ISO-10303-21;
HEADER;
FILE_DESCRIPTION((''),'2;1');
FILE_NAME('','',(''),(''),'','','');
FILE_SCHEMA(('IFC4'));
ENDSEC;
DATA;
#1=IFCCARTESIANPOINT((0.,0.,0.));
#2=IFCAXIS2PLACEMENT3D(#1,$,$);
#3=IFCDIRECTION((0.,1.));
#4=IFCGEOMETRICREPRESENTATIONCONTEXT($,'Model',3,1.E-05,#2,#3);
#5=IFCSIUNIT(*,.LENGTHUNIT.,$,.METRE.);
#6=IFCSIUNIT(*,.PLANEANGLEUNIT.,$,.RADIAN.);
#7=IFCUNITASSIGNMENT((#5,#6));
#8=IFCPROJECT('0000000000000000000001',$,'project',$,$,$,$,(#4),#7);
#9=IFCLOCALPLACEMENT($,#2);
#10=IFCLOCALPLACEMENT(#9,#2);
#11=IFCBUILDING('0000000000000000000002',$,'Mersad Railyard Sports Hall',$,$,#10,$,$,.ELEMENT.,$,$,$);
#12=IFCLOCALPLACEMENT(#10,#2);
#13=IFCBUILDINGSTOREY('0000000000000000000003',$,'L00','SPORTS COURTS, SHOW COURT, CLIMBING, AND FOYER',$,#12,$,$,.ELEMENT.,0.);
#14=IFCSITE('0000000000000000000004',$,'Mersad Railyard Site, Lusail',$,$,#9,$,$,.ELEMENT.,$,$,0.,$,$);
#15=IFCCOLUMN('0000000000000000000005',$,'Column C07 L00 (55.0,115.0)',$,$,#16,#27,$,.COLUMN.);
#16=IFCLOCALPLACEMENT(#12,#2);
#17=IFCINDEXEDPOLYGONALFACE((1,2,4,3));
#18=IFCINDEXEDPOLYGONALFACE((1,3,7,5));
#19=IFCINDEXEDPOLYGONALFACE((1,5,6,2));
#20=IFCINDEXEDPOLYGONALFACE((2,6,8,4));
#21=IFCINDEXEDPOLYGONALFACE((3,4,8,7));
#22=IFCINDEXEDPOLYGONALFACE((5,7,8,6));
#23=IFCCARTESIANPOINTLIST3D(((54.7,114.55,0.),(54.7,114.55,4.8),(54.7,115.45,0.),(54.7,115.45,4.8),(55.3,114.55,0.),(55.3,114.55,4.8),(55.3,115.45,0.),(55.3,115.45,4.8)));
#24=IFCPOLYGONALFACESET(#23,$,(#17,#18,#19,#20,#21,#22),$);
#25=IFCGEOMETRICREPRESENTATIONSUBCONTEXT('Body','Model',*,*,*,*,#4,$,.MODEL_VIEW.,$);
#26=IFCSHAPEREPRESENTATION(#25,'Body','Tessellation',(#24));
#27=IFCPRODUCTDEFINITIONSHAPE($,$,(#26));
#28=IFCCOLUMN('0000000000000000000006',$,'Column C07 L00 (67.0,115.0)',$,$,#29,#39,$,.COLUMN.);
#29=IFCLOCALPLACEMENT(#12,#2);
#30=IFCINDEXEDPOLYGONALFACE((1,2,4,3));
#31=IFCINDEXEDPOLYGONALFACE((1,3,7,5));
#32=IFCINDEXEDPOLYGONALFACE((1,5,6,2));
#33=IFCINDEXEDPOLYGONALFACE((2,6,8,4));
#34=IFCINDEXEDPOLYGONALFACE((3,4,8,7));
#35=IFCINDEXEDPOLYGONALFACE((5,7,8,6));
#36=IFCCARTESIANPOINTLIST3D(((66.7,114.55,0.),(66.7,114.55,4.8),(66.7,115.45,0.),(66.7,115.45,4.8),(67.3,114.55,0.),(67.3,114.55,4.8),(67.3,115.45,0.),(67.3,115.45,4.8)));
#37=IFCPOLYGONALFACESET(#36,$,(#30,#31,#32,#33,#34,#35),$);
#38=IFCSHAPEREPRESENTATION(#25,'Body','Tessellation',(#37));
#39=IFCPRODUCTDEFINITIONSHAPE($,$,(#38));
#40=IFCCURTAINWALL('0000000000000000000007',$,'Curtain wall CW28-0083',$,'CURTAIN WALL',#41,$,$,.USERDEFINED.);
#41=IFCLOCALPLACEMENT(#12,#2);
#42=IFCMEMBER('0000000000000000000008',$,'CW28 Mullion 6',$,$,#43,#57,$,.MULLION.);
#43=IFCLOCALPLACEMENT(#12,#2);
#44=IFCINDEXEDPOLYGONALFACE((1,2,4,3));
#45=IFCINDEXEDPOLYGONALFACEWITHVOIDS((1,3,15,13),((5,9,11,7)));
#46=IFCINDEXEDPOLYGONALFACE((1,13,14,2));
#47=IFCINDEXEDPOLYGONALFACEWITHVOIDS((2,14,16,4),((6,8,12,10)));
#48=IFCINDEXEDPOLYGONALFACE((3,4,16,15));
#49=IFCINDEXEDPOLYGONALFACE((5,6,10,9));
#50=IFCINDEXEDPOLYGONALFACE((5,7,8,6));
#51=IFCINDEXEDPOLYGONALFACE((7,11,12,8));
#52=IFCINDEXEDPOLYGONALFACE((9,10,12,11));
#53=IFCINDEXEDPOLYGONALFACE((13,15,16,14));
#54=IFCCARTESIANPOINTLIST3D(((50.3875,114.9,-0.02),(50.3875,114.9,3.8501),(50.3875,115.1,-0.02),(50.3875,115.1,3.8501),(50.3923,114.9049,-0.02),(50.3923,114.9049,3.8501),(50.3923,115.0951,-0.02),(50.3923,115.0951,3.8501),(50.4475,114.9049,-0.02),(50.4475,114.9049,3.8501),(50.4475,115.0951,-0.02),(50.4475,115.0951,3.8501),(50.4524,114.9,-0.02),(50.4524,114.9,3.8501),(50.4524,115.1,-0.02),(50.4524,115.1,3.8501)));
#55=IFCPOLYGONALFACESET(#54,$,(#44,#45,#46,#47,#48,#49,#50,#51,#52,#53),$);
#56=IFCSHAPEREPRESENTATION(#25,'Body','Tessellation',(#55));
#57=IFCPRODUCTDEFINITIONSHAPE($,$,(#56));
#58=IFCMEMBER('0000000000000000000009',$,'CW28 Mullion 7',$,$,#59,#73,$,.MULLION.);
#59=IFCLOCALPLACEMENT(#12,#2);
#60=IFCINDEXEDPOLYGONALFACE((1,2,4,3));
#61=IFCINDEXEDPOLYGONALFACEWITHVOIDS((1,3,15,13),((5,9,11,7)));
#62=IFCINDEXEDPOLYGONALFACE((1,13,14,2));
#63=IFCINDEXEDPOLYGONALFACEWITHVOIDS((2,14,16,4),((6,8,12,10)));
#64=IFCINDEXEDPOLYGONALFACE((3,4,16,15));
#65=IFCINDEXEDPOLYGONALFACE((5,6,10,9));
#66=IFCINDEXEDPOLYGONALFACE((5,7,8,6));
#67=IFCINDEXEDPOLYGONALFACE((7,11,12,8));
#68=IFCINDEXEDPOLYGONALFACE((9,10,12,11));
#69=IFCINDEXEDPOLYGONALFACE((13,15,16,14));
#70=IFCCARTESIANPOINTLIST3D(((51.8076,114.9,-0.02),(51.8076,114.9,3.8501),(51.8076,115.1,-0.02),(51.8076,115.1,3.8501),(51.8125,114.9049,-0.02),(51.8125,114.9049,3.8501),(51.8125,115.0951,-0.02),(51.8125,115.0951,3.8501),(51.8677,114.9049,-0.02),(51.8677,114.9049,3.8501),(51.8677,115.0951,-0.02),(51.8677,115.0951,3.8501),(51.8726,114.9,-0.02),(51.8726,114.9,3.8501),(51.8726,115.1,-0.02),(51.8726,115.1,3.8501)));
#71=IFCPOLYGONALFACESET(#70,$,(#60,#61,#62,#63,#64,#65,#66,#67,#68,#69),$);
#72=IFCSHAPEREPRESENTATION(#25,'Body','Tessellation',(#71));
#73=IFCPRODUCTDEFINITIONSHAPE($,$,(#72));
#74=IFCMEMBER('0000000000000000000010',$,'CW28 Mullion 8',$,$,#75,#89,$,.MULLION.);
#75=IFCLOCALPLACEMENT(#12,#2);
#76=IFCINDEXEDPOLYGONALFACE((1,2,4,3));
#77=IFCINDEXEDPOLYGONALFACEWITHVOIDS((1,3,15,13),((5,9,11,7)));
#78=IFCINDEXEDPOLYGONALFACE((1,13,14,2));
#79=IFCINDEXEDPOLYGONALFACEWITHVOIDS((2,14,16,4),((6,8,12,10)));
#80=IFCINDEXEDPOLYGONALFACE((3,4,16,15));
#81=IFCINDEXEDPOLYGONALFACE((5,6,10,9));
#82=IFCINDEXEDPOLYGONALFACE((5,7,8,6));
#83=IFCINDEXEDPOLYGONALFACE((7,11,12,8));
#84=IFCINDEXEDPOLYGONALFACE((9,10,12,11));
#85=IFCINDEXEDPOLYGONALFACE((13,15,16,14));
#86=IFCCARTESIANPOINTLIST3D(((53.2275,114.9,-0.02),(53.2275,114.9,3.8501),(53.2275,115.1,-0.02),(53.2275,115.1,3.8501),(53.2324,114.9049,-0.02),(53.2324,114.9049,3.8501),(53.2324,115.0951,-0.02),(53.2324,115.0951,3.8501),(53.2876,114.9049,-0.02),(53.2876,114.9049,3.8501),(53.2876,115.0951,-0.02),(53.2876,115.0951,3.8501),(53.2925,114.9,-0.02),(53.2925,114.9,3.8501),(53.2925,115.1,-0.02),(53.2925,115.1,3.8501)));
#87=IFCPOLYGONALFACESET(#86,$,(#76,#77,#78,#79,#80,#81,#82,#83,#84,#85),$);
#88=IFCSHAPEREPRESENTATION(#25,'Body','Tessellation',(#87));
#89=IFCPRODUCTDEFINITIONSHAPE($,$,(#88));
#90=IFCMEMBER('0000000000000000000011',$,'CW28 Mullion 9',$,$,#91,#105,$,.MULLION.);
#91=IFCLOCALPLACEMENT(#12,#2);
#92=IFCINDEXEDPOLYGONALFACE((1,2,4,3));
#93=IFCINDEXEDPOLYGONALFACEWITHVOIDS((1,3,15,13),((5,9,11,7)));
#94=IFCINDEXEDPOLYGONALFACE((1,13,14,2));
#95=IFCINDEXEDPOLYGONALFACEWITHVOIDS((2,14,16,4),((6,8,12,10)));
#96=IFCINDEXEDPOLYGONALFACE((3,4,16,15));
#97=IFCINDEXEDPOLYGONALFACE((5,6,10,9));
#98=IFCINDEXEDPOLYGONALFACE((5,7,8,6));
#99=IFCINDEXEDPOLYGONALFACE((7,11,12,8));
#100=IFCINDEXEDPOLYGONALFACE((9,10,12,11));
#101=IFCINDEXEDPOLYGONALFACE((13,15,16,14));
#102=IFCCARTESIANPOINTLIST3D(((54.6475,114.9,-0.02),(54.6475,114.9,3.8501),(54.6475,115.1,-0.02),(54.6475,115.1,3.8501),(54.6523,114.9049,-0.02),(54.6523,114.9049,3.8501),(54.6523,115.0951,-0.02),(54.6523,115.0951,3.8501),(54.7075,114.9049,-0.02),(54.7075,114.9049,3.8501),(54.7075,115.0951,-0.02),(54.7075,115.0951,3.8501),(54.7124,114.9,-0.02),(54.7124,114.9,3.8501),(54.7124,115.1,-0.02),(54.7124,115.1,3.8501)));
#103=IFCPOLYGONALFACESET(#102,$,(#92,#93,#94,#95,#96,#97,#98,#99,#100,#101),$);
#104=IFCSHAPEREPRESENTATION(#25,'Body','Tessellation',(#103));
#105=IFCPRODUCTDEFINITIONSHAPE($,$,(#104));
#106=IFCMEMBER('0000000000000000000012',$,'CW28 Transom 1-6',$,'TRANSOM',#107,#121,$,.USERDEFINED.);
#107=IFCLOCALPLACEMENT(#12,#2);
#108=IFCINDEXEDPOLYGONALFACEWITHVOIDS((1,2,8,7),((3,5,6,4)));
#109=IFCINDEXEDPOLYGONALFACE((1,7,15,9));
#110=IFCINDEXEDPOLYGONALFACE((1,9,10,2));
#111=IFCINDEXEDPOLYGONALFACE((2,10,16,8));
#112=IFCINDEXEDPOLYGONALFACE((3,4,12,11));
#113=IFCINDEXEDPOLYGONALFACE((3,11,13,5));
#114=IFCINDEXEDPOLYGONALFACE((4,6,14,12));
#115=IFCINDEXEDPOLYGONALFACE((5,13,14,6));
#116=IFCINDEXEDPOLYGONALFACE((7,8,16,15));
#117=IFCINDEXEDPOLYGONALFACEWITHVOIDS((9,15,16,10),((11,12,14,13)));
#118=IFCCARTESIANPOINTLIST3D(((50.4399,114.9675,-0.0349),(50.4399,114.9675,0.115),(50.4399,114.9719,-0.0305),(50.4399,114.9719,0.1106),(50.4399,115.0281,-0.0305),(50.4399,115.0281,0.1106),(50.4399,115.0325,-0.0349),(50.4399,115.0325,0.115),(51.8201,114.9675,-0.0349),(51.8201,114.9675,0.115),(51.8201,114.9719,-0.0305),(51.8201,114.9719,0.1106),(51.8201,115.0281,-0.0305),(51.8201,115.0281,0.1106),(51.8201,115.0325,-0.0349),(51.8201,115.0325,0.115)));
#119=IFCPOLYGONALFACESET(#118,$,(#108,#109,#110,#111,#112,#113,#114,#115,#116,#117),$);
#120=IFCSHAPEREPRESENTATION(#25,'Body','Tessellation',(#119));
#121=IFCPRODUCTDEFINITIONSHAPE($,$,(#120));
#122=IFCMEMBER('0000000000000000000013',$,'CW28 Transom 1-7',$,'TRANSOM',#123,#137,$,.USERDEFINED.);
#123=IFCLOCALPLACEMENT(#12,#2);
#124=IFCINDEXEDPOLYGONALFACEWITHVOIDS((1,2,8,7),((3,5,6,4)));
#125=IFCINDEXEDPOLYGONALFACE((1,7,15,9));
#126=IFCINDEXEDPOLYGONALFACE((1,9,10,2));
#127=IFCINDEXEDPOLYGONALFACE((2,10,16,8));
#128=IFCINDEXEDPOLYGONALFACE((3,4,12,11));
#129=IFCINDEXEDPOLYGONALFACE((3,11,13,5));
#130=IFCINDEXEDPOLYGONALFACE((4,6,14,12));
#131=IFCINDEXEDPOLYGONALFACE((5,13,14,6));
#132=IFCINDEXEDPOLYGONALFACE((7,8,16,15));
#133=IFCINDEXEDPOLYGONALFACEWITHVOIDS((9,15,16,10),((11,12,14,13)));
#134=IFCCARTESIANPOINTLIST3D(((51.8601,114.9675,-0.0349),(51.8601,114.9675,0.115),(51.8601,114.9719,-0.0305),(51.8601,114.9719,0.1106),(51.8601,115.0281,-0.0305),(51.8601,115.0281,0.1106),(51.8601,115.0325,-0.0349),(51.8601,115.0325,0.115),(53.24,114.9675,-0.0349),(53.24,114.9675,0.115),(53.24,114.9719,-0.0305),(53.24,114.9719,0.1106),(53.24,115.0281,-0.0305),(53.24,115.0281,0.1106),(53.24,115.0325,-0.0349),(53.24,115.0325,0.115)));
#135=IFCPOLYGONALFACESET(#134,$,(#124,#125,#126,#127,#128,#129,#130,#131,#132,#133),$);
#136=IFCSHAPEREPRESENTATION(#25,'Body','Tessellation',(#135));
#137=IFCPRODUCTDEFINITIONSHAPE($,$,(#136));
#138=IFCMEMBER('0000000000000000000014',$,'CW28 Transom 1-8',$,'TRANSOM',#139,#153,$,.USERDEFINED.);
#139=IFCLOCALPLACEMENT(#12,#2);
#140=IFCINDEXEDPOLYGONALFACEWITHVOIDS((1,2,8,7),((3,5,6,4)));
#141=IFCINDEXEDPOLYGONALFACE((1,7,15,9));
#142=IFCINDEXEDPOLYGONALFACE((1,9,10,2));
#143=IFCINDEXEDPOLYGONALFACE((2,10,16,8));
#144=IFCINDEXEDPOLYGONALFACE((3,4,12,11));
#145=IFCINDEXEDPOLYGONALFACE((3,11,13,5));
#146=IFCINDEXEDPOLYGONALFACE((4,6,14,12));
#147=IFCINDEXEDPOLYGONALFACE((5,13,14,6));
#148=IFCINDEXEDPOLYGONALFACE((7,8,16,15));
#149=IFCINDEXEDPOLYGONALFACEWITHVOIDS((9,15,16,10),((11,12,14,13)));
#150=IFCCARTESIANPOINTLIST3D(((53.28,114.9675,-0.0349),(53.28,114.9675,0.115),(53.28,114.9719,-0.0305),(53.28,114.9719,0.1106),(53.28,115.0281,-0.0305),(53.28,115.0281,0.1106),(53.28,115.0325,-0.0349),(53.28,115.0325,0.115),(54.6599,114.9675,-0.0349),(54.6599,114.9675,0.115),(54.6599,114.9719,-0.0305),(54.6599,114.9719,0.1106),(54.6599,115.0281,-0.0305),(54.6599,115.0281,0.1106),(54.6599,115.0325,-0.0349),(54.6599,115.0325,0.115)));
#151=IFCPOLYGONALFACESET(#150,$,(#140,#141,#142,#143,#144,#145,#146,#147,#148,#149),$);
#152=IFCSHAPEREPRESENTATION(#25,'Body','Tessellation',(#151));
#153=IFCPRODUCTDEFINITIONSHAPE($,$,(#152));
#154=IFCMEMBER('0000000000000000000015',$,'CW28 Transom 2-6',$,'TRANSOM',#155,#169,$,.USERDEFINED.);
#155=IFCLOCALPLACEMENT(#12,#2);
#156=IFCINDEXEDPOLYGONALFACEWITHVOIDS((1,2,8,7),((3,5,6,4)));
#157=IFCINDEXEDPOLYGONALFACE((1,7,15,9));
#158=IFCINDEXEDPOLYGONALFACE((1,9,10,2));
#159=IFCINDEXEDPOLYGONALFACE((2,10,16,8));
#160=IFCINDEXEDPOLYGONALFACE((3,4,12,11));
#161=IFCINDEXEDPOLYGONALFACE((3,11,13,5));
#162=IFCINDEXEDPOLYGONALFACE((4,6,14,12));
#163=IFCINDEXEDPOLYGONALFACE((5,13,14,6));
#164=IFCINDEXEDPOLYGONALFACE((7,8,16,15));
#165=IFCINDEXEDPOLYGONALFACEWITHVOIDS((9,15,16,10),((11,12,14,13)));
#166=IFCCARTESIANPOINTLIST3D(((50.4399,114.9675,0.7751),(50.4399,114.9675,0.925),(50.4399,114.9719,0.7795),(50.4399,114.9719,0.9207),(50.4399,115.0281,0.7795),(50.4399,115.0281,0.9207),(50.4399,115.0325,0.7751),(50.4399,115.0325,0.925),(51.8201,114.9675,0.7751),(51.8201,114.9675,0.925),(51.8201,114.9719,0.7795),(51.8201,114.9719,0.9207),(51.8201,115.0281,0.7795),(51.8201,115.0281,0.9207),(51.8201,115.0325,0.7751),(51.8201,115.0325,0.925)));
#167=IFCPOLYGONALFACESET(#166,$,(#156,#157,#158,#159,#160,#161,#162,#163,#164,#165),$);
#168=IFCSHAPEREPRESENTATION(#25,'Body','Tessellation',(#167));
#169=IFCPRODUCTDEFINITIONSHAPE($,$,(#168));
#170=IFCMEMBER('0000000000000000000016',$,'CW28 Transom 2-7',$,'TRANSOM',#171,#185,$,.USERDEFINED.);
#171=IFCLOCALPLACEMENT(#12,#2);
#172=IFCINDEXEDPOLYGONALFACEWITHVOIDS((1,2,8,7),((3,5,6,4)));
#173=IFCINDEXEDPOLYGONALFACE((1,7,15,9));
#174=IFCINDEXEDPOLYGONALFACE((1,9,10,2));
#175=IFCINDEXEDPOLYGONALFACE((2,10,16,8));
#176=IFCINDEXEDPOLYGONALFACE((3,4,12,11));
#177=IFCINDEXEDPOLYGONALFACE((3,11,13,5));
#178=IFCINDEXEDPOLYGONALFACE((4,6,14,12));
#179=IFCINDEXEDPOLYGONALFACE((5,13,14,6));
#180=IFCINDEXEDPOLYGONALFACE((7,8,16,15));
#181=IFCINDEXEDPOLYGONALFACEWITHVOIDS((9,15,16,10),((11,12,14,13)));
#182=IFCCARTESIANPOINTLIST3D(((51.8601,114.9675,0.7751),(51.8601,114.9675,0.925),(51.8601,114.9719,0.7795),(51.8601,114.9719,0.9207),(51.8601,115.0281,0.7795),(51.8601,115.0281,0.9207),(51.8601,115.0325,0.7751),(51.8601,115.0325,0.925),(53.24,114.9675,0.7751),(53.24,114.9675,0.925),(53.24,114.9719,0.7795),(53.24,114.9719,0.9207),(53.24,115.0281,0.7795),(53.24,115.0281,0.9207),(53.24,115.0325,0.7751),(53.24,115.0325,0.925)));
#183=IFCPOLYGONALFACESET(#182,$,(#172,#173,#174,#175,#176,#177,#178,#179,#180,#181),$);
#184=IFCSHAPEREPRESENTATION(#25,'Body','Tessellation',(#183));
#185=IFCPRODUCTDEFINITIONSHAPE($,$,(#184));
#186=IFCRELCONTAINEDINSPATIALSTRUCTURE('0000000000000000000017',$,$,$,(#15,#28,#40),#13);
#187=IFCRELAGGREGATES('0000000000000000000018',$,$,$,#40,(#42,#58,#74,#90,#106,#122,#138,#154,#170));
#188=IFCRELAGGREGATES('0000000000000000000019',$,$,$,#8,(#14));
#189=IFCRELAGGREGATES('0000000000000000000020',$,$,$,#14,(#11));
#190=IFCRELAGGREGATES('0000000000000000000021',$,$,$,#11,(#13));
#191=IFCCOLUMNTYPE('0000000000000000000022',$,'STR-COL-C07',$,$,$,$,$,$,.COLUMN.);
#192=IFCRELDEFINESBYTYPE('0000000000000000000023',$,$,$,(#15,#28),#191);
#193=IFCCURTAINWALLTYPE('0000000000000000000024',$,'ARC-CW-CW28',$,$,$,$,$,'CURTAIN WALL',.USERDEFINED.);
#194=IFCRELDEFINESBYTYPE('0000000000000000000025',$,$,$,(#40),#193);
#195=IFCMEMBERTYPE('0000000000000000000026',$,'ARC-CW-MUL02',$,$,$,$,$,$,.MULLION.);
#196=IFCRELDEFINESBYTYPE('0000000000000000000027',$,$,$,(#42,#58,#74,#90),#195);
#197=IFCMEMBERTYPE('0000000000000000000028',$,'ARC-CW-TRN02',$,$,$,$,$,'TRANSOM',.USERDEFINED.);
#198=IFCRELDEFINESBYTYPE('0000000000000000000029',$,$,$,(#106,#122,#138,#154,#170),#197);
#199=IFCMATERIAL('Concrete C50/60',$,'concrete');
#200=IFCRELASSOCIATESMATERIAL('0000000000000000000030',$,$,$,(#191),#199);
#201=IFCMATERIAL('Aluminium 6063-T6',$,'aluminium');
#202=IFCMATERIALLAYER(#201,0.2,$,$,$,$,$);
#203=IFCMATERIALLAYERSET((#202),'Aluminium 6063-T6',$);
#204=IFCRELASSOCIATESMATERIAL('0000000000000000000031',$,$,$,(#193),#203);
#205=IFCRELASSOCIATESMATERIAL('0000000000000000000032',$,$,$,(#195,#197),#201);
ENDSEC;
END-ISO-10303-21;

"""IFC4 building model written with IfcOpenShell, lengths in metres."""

from ifc_helpers import new_model, si_unit, direction, frame, origin, origin_2d, place, context, subcontext, project, spatial, rectangle, hollow_rectangle, extrude, material, layer, layer_set, material_profile, profile_set, type_object, element, aggregate, save


model = new_model("IFC4")

# Units and contexts
model_context = context("Model", 3, precision=1e-05, world=origin(), true_north=direction((0.0, 1.0)))
body_context = subcontext(model_context, "Body", "Model", "MODEL_VIEW")
ifc_project = project(units=[si_unit("LENGTHUNIT", "METRE"), si_unit("PLANEANGLEUNIT", "RADIAN")], contexts=[model_context])

# Site, building, storey
site_placement = place(None, origin())
site = spatial("IfcSite", under=ifc_project, at=site_placement, Name="Mersad Railyard Site, Lusail", CompositionType="ELEMENT", RefElevation=0.0)
building_placement = place(site_placement, origin())
building = spatial("IfcBuilding", under=site, at=building_placement, Name="Mersad Railyard Sports Hall", CompositionType="ELEMENT")
storey_placement = place(building_placement, origin())
storey = spatial("IfcBuildingStorey", under=building, at=storey_placement, Name="L00", Description="SPORTS COURTS, SHOW COURT, CLIMBING, AND FOYER", CompositionType="ELEMENT", Elevation=0.0)

# Columns
ifc_material_1 = material(Name="Concrete C50/60", Category="concrete")
ifc_material_profile_1 = material_profile(ifc_material_1, rectangle(XDim=0.6001, YDim=0.8999, at=origin_2d()), Name="RC 600x900")
ifc_profile_set_1 = profile_set([ifc_material_profile_1], Name="Concrete C50/60")
column_type = type_object("IfcColumnType", Name="STR-COL-C07", PredefinedType="COLUMN", material=ifc_profile_set_1)
for number, where, z_axis, x_axis, name in (
    (1, (55.0, 115.0, 0.0), (0.0, 0.0, 1.0), (1.0, 0.0, 0.0), "Column C07 L00 (55.0,115.0)"),
    (2, (67.0, 115.0, 0.0), (0.0, 0.0, 1.0), (1.0, 0.0, 0.0), "Column C07 L00 (67.0,115.0)"),
):
    element("IfcColumn", number, at=place(storey_placement, frame(where, z_axis=z_axis, x_axis=x_axis)), inside=storey, type_object=column_type, Name=name, PredefinedType="COLUMN", context=body_context, shape_type="SweptSolid", body=[
        extrude(rectangle(XDim=0.6001, YDim=0.8999, at=origin_2d()), origin(), (0.0, 0.0, 1.0), 4.8),
    ])

# Curtain wall, members
ifc_material_2 = material(Name="Aluminium 6063-T6", Category="aluminium")
ifc_layer_1 = layer(ifc_material_2, 0.2)
ifc_layer_set_1 = layer_set([ifc_layer_1], Name="Aluminium 6063-T6")
curtain_wall_type = type_object("IfcCurtainWallType", Name="ARC-CW-CW28", ElementType="CURTAIN WALL", PredefinedType="USERDEFINED", material=ifc_layer_set_1)
curtain_wall_placement = place(storey_placement, origin())
curtain_wall = element("IfcCurtainWall", 3, at=curtain_wall_placement, inside=storey, type_object=curtain_wall_type, Name="Curtain wall CW28-0083", ObjectType="CURTAIN WALL", PredefinedType="USERDEFINED")
ifc_material_profile_2 = material_profile(ifc_material_2, hollow_rectangle(XDim=0.0649, YDim=0.2, WallThickness=0.0049, at=origin_2d()), Name="AL MULLION 65x200x5")
ifc_profile_set_2 = profile_set([ifc_material_profile_2], Name="Aluminium 6063-T6")
member_type_1 = type_object("IfcMemberType", Name="ARC-CW-MUL02", PredefinedType="MULLION", material=ifc_profile_set_2)
member_1_placement = place(storey_placement, frame((50.4199, 115.0, -0.02), z_axis=(0.0, 0.0, 1.0), x_axis=(1.0, 0.0, 0.0)))
member_1 = element("IfcMember", 4, at=member_1_placement, type_object=member_type_1, Name="CW28 Mullion 6", PredefinedType="MULLION", context=body_context, shape_type="SweptSolid", body=[
    extrude(hollow_rectangle(XDim=0.0649, YDim=0.2, WallThickness=0.0049, at=origin_2d()), origin(), (0.0, 0.0, 1.0), 3.8701),
])
member_2_placement = place(storey_placement, frame((51.8401, 115.0, -0.02), z_axis=(0.0, 0.0, 1.0), x_axis=(1.0, 0.0, 0.0)))
member_2 = element("IfcMember", 5, at=member_2_placement, type_object=member_type_1, Name="CW28 Mullion 7", PredefinedType="MULLION", context=body_context, shape_type="SweptSolid", body=[
    extrude(hollow_rectangle(XDim=0.0649, YDim=0.2, WallThickness=0.0049, at=origin_2d()), origin(), (0.0, 0.0, 1.0), 3.8701),
])
member_3_placement = place(storey_placement, frame((53.26, 115.0, -0.02), z_axis=(0.0, 0.0, 1.0), x_axis=(1.0, 0.0, 0.0)))
member_3 = element("IfcMember", 6, at=member_3_placement, type_object=member_type_1, Name="CW28 Mullion 8", PredefinedType="MULLION", context=body_context, shape_type="SweptSolid", body=[
    extrude(hollow_rectangle(XDim=0.0649, YDim=0.2, WallThickness=0.0049, at=origin_2d()), origin(), (0.0, 0.0, 1.0), 3.8701),
])
member_4_placement = place(storey_placement, frame((54.6799, 115.0, -0.02), z_axis=(0.0, 0.0, 1.0), x_axis=(1.0, 0.0, 0.0)))
member_4 = element("IfcMember", 7, at=member_4_placement, type_object=member_type_1, Name="CW28 Mullion 9", PredefinedType="MULLION", context=body_context, shape_type="SweptSolid", body=[
    extrude(hollow_rectangle(XDim=0.0649, YDim=0.2, WallThickness=0.0049, at=origin_2d()), origin(), (0.0, 0.0, 1.0), 3.8701),
])
ifc_material_profile_3 = material_profile(ifc_material_2, hollow_rectangle(XDim=0.0649, YDim=0.1499, WallThickness=0.0044, at=origin_2d()), Name="AL TRANSOM 65x150x4.5")
ifc_profile_set_3 = profile_set([ifc_material_profile_3], Name="Aluminium 6063-T6")
member_type_2 = type_object("IfcMemberType", Name="ARC-CW-TRN02", ElementType="TRANSOM", PredefinedType="USERDEFINED", material=ifc_profile_set_3)
member_5_placement = place(storey_placement, frame((50.4399, 115.0, 0.04), z_axis=(1.0, 0.0, 0.0), x_axis=(0.0, 1.0, 0.0)))
member_5 = element("IfcMember", 8, at=member_5_placement, type_object=member_type_2, Name="CW28 Transom 1-6", ObjectType="TRANSOM", PredefinedType="USERDEFINED", context=body_context, shape_type="SweptSolid", body=[
    extrude(hollow_rectangle(XDim=0.0649, YDim=0.1499, WallThickness=0.0044, at=origin_2d()), origin(), (0.0, 0.0, 1.0), 1.3801),
])
member_6_placement = place(storey_placement, frame((51.8601, 115.0, 0.04), z_axis=(1.0, 0.0, 0.0), x_axis=(0.0, 1.0, 0.0)))
member_6 = element("IfcMember", 9, at=member_6_placement, type_object=member_type_2, Name="CW28 Transom 1-7", ObjectType="TRANSOM", PredefinedType="USERDEFINED", context=body_context, shape_type="SweptSolid", body=[
    extrude(hollow_rectangle(XDim=0.0649, YDim=0.1499, WallThickness=0.0044, at=origin_2d()), origin(), (0.0, 0.0, 1.0), 1.3799),
])
member_7_placement = place(storey_placement, frame((53.28, 115.0, 0.04), z_axis=(1.0, 0.0, 0.0), x_axis=(0.0, 1.0, 0.0)))
member_7 = element("IfcMember", 10, at=member_7_placement, type_object=member_type_2, Name="CW28 Transom 1-8", ObjectType="TRANSOM", PredefinedType="USERDEFINED", context=body_context, shape_type="SweptSolid", body=[
    extrude(hollow_rectangle(XDim=0.0649, YDim=0.1499, WallThickness=0.0044, at=origin_2d()), origin(), (0.0, 0.0, 1.0), 1.3799),
])
member_8_placement = place(storey_placement, frame((50.4399, 115.0, 0.8501), z_axis=(1.0, 0.0, 0.0), x_axis=(0.0, 1.0, 0.0)))
member_8 = element("IfcMember", 11, at=member_8_placement, type_object=member_type_2, Name="CW28 Transom 2-6", ObjectType="TRANSOM", PredefinedType="USERDEFINED", context=body_context, shape_type="SweptSolid", body=[
    extrude(hollow_rectangle(XDim=0.0649, YDim=0.1499, WallThickness=0.0044, at=origin_2d()), origin(), (0.0, 0.0, 1.0), 1.3801),
])
member_9_placement = place(storey_placement, frame((51.8601, 115.0, 0.8501), z_axis=(1.0, 0.0, 0.0), x_axis=(0.0, 1.0, 0.0)))
member_9 = element("IfcMember", 12, at=member_9_placement, type_object=member_type_2, Name="CW28 Transom 2-7", ObjectType="TRANSOM", PredefinedType="USERDEFINED", context=body_context, shape_type="SweptSolid", body=[
    extrude(hollow_rectangle(XDim=0.0649, YDim=0.1499, WallThickness=0.0044, at=origin_2d()), origin(), (0.0, 0.0, 1.0), 1.3799),
])

aggregate(curtain_wall, [member_1, member_2, member_3, member_4, member_5, member_6, member_7, member_8, member_9])

save(model, "model.ifc")
